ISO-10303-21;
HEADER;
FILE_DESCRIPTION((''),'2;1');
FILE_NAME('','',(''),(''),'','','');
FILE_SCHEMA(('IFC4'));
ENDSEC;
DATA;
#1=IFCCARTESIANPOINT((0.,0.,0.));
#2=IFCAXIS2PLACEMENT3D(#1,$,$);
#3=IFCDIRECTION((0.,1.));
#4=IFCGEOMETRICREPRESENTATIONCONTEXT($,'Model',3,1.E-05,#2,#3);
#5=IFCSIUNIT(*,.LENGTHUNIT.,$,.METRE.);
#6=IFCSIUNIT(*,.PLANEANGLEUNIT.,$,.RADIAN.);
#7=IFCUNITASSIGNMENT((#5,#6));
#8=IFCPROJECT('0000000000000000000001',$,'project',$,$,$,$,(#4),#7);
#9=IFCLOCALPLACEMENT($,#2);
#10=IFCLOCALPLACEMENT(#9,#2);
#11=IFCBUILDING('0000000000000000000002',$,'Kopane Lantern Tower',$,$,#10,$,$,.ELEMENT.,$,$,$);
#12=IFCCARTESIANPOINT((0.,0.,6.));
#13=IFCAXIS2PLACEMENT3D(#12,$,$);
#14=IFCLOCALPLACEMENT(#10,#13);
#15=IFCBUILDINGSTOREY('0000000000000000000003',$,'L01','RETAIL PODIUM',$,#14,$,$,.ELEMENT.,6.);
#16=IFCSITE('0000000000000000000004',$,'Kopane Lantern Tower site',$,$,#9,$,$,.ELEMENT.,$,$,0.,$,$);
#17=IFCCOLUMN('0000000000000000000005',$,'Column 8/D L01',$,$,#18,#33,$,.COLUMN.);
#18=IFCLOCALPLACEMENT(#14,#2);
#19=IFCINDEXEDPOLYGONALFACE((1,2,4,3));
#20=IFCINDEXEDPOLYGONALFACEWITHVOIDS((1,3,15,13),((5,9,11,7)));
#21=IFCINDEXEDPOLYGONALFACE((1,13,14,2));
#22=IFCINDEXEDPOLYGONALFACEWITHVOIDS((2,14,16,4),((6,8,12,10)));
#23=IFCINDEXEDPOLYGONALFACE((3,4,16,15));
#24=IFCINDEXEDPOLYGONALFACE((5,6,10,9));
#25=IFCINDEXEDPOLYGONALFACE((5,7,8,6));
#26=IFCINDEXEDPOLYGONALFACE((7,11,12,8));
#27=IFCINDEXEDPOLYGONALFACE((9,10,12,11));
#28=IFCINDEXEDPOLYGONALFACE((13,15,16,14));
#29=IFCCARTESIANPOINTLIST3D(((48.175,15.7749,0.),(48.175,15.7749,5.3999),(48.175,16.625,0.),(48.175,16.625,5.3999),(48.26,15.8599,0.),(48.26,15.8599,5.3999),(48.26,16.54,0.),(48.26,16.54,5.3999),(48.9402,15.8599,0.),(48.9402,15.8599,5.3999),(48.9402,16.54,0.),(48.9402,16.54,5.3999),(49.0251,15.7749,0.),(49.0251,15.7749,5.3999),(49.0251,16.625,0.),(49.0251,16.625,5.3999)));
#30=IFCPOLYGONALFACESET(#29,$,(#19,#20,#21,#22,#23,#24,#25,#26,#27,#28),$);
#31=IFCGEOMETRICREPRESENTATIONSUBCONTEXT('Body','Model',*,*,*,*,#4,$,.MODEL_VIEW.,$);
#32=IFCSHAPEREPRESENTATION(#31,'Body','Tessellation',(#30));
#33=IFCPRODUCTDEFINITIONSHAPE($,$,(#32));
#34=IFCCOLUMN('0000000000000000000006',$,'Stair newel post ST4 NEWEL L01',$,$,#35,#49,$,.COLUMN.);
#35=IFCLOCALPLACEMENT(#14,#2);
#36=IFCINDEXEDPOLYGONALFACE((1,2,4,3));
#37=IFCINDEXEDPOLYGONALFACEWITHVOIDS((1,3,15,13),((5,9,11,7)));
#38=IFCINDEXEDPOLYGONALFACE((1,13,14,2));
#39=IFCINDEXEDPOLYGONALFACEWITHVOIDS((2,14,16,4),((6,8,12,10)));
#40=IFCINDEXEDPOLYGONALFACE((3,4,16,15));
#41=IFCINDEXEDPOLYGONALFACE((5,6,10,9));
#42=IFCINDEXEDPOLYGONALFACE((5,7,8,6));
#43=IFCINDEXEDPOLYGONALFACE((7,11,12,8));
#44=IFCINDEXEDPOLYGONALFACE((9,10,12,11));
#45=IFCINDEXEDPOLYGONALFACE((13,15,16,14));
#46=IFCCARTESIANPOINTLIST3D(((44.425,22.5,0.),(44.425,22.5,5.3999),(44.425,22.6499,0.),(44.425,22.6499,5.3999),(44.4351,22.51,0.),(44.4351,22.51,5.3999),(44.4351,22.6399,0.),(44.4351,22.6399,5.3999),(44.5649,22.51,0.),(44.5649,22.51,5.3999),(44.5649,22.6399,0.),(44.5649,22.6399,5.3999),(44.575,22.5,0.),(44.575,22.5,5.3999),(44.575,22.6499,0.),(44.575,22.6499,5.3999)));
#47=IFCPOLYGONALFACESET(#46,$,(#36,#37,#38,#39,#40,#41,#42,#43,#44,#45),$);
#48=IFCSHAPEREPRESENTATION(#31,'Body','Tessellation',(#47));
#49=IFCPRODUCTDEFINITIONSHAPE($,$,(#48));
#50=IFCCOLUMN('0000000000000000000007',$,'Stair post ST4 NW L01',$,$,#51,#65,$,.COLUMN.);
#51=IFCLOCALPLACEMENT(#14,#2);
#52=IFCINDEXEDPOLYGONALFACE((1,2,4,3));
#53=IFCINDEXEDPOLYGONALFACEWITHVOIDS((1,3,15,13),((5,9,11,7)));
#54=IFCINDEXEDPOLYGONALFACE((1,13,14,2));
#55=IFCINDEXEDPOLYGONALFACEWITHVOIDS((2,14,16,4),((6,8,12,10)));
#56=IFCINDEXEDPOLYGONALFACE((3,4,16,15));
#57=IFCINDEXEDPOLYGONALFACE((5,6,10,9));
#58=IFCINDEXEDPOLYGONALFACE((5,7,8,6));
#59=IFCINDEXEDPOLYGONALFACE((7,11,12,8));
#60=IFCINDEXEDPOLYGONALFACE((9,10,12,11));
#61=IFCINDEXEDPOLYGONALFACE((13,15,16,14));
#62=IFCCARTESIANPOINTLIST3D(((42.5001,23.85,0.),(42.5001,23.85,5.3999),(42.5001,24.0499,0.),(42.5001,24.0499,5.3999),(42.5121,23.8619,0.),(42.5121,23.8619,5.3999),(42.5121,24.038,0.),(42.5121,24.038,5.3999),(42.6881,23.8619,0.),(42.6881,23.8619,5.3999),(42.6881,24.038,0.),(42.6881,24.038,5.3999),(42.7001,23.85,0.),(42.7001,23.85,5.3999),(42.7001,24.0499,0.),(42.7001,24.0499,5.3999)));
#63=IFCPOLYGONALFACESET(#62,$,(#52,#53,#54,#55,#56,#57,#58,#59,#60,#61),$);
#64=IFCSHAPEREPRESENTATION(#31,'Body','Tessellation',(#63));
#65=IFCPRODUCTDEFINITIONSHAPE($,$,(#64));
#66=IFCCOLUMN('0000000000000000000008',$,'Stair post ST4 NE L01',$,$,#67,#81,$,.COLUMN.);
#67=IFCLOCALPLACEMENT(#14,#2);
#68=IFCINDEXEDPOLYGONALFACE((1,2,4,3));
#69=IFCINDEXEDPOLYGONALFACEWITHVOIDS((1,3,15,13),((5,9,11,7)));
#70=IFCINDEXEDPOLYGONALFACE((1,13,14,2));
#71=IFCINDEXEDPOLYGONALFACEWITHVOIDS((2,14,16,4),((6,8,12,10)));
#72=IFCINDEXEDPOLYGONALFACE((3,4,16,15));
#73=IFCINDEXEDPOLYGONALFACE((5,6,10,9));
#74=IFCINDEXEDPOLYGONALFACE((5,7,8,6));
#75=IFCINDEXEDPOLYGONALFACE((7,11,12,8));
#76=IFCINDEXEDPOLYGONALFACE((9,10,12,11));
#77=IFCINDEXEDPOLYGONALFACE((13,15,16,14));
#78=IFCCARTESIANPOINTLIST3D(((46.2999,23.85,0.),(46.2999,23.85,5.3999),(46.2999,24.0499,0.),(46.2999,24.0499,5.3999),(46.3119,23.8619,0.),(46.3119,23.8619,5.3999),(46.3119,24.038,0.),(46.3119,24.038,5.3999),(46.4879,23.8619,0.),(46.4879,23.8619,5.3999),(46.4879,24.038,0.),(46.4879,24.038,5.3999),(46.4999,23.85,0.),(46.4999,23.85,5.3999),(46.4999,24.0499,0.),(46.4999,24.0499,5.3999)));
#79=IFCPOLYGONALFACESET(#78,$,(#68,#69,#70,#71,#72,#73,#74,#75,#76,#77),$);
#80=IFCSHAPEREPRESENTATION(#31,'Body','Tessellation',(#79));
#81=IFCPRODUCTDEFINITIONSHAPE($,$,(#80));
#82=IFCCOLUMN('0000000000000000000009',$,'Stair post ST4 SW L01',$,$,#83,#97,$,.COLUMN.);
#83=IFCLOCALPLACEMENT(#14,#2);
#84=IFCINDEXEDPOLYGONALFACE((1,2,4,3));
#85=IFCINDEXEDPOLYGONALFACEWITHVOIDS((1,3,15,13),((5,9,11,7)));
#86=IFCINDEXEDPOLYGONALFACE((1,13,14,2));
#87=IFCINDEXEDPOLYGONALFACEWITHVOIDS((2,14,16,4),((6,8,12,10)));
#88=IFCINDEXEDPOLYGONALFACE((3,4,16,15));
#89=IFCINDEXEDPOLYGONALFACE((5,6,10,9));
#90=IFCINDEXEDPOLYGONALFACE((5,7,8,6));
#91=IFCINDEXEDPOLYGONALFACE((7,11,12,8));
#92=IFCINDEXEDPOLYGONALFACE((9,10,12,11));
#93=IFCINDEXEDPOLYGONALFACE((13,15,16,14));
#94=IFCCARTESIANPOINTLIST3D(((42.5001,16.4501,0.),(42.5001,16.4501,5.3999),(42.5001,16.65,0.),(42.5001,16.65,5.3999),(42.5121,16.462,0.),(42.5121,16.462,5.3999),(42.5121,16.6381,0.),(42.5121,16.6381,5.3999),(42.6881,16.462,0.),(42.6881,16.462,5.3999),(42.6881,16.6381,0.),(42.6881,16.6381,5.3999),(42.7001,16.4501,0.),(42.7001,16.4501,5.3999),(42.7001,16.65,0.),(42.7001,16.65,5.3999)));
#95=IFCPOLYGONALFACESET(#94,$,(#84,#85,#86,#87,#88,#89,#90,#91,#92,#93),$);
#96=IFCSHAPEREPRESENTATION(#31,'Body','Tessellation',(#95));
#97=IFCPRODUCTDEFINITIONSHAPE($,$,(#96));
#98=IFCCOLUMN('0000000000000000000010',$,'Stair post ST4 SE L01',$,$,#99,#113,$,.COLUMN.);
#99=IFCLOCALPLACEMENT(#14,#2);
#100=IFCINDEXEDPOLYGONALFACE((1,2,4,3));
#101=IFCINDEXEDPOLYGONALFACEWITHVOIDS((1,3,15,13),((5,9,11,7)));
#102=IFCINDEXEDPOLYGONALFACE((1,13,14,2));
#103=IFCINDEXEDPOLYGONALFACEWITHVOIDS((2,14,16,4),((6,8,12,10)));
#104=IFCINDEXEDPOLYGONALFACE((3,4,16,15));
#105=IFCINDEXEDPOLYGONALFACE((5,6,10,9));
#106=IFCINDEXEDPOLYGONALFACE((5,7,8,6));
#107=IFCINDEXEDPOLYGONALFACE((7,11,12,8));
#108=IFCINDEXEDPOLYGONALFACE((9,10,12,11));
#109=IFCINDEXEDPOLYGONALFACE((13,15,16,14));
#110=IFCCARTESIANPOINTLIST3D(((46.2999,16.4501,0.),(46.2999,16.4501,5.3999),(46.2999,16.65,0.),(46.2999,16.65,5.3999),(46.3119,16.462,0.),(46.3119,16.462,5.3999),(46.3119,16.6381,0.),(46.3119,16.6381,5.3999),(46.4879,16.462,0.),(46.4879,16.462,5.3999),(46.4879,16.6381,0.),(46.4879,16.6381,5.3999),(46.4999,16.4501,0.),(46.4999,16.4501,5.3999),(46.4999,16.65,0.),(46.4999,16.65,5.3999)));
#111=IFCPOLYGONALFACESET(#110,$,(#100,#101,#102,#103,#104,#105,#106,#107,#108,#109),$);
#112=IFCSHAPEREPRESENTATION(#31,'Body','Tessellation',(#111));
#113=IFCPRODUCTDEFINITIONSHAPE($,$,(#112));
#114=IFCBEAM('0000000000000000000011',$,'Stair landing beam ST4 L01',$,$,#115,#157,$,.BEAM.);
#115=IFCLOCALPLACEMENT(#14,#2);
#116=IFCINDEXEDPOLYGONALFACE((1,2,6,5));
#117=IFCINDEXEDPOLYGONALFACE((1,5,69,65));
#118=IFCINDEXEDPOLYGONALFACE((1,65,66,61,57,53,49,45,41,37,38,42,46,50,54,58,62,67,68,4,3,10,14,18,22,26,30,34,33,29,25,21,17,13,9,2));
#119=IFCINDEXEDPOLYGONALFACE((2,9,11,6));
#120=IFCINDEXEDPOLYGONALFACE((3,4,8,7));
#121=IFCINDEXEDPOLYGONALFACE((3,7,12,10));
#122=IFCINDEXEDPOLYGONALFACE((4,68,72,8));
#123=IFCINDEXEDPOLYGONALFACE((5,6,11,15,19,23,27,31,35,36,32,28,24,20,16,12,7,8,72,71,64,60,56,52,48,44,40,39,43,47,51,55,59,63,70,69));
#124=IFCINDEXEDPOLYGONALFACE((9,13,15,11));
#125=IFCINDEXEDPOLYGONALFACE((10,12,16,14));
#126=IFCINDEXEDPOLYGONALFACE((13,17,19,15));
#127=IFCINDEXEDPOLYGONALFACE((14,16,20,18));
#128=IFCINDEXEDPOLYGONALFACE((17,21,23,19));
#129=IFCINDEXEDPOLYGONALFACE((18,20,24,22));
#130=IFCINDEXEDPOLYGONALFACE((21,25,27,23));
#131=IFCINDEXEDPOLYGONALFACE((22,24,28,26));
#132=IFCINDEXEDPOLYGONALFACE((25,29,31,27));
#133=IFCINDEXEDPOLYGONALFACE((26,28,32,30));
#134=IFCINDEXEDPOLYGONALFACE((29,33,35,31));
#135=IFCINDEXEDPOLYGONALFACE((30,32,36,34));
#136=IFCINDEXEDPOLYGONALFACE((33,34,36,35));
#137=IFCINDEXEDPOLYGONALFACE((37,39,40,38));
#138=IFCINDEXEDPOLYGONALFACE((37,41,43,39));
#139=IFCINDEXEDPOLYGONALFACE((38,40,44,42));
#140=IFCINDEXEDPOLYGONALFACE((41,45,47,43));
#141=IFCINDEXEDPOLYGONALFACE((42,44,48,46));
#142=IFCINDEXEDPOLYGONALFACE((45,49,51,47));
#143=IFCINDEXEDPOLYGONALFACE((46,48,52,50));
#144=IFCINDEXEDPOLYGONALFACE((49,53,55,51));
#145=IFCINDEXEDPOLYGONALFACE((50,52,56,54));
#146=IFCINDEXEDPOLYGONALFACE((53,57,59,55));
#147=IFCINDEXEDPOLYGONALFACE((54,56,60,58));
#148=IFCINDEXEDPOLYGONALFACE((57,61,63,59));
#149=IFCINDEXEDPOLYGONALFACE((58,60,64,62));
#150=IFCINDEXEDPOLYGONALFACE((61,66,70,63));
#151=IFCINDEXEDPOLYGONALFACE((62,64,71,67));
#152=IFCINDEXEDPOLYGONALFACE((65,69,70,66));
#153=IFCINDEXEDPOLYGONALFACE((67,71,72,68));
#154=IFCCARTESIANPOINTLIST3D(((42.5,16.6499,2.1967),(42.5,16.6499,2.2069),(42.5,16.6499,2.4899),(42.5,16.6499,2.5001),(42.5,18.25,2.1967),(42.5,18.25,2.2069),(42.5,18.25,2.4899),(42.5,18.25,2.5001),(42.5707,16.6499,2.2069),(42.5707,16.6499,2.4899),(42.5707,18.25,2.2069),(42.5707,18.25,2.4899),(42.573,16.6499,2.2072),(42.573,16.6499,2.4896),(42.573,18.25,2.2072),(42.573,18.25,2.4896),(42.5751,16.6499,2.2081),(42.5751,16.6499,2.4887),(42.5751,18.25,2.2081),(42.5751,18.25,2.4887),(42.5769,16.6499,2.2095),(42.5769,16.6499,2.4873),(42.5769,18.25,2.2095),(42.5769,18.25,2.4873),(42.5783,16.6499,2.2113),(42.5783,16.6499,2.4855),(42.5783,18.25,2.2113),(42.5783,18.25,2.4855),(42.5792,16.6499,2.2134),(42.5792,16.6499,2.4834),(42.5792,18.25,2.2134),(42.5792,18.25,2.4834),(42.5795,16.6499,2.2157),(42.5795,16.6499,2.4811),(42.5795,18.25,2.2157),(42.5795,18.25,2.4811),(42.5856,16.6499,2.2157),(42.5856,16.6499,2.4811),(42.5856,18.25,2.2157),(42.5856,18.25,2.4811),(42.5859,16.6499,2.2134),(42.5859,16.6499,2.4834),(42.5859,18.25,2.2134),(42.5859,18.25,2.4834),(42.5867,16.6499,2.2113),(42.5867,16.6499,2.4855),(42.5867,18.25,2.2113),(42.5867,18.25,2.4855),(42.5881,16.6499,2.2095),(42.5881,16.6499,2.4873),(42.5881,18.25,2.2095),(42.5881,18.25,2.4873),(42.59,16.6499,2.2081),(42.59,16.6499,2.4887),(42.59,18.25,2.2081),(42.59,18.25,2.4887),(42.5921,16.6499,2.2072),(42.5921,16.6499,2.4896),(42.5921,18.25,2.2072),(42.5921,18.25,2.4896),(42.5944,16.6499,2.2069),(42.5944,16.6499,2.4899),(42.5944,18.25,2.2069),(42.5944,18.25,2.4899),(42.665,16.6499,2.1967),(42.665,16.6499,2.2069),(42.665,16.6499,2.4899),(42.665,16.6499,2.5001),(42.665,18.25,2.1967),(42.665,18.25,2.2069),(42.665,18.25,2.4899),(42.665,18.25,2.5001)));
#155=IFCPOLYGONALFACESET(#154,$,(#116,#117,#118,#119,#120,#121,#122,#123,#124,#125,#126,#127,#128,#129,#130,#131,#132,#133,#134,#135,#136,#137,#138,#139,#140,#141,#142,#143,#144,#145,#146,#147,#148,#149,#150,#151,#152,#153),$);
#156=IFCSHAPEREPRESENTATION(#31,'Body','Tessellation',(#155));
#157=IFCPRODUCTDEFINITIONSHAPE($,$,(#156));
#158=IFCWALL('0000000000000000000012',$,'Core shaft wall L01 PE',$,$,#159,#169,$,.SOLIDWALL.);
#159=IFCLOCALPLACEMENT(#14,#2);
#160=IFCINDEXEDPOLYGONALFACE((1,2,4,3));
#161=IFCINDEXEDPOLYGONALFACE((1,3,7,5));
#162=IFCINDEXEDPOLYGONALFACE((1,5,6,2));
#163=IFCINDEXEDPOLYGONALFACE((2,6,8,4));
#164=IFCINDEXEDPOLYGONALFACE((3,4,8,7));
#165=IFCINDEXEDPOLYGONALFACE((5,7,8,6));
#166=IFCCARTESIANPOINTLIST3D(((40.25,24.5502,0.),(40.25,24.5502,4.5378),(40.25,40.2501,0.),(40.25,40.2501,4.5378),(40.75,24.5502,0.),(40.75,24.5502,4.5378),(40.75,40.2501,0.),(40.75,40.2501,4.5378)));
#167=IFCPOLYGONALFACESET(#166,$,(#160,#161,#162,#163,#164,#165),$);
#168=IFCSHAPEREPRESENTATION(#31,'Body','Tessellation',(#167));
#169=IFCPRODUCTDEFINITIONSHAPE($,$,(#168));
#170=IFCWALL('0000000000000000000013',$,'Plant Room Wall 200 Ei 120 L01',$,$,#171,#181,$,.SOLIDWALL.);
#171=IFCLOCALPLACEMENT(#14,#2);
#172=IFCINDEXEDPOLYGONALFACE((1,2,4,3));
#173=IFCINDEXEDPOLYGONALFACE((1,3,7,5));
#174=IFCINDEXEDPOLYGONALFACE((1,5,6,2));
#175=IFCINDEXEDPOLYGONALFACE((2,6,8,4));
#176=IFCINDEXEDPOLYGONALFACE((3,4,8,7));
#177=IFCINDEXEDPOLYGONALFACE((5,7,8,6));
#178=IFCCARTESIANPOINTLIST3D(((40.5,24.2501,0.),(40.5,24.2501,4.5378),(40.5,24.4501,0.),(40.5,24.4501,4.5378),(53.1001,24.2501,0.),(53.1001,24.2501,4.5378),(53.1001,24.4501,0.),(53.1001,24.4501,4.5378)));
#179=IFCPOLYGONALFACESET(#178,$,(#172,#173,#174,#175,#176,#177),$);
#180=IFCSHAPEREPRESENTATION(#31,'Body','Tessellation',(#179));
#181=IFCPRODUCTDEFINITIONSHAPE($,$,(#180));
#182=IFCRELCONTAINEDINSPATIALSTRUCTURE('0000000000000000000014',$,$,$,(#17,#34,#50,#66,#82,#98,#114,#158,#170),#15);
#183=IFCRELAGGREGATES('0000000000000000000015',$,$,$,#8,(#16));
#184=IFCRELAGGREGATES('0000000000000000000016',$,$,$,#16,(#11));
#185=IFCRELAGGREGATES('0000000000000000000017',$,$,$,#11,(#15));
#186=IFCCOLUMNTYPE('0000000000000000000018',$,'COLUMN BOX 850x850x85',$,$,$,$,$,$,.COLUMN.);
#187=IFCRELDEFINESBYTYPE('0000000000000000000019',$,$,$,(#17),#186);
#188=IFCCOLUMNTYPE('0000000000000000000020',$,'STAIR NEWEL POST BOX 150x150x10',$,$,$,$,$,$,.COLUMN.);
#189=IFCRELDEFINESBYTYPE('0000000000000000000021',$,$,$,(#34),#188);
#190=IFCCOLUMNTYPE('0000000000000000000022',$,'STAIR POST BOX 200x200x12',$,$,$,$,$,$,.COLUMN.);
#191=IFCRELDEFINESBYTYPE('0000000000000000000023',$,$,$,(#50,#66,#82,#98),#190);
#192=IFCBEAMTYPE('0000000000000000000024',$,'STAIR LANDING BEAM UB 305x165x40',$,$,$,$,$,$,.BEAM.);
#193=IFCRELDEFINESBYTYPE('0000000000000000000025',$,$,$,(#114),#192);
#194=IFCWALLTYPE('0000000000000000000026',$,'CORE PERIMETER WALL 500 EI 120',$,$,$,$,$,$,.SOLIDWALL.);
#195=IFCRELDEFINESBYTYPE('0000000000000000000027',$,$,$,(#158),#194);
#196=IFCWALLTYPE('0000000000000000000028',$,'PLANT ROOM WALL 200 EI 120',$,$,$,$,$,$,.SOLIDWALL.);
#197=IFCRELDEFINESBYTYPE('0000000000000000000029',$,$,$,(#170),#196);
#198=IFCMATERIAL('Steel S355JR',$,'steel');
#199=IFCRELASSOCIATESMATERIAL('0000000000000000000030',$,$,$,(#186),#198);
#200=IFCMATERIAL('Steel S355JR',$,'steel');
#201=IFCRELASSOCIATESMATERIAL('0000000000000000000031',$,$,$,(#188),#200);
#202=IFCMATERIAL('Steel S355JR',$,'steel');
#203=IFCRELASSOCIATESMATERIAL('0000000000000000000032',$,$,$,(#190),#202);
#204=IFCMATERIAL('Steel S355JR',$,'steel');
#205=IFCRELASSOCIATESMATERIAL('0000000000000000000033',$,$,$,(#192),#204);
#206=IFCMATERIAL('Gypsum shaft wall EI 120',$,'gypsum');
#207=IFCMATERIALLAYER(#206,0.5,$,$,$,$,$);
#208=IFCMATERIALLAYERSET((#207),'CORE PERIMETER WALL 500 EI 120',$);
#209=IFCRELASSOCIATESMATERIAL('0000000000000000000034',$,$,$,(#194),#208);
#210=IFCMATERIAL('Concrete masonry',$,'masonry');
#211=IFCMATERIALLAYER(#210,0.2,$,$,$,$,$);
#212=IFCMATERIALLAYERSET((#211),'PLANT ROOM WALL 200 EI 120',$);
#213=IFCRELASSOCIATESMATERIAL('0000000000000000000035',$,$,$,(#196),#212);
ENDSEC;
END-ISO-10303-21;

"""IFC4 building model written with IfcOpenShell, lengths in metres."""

from ifc_helpers import new_model, si_unit, direction, frame, frame_2d, origin, origin_2d, place, context, subcontext, project, spatial, rectangle, hollow_rectangle, i_section, extrude, material, layer, layer_set, material_profile, profile_set, type_object, element, save


model = new_model("IFC4")

# Units and contexts
model_context = context("Model", 3, precision=1e-05, world=origin(), true_north=direction((0.0, 1.0)))
body_context = subcontext(model_context, "Body", "Model", "MODEL_VIEW")
ifc_project = project(units=[si_unit("LENGTHUNIT", "METRE"), si_unit("PLANEANGLEUNIT", "RADIAN")], contexts=[model_context])

# Site, building, storey
site_placement = place(None, origin())
site = spatial("IfcSite", under=ifc_project, at=site_placement, Name="Kopane Lantern Tower site", CompositionType="ELEMENT", RefElevation=0.0)
building_placement = place(site_placement, origin())
building = spatial("IfcBuilding", under=site, at=building_placement, Name="Kopane Lantern Tower", CompositionType="ELEMENT")
storey_placement = place(building_placement, frame((0.0, 0.0, 6.0)))
storey = spatial("IfcBuildingStorey", under=building, at=storey_placement, Name="L01", Description="RETAIL PODIUM", CompositionType="ELEMENT", Elevation=6.0)

# Columns
ifc_material_1 = material(Name="Steel S355JR", Category="steel")
ifc_material_profile_1 = material_profile(ifc_material_1, hollow_rectangle(XDim=0.8501, YDim=0.8501, WallThickness=0.085, at=origin_2d()), Name="BOX 850x850x85")
ifc_profile_set_1 = profile_set([ifc_material_profile_1], Name="Steel S355JR")
column_type_1 = type_object("IfcColumnType", Name="COLUMN BOX 850x850x85", PredefinedType="COLUMN", material=ifc_profile_set_1)
column_1_placement = place(storey_placement, frame((48.6001, 16.2, 0.0), z_axis=(0.0, 0.0, 1.0), x_axis=(1.0, 0.0, 0.0)))
element("IfcColumn", 1, at=column_1_placement, inside=storey, type_object=column_type_1, Name="Column 8/D L01", PredefinedType="COLUMN", context=body_context, shape_type="SweptSolid", body=[
    extrude(hollow_rectangle(XDim=0.8501, YDim=0.8501, WallThickness=0.085, at=origin_2d()), origin(), (0.0, 0.0, 1.0), 5.3999),
])
ifc_material_2 = material(Name="Steel S355JR", Category="steel")
ifc_material_profile_2 = material_profile(ifc_material_2, hollow_rectangle(XDim=0.1499, YDim=0.1499, WallThickness=0.01, at=origin_2d()), Name="BOX 150x150x10")
ifc_profile_set_2 = profile_set([ifc_material_profile_2], Name="Steel S355JR")
column_type_2 = type_object("IfcColumnType", Name="STAIR NEWEL POST BOX 150x150x10", PredefinedType="COLUMN", material=ifc_profile_set_2)
column_2_placement = place(storey_placement, frame((44.5, 22.575, 0.0), z_axis=(0.0, 0.0, 1.0), x_axis=(1.0, 0.0, 0.0)))
element("IfcColumn", 2, at=column_2_placement, inside=storey, type_object=column_type_2, Name="Stair newel post ST4 NEWEL L01", PredefinedType="COLUMN", context=body_context, shape_type="SweptSolid", body=[
    extrude(hollow_rectangle(XDim=0.1499, YDim=0.1499, WallThickness=0.01, at=origin_2d()), origin(), (0.0, 0.0, 1.0), 5.3999),
])
ifc_material_3 = material(Name="Steel S355JR", Category="steel")
ifc_material_profile_3 = material_profile(ifc_material_3, hollow_rectangle(XDim=0.2, YDim=0.2, WallThickness=0.012, at=origin_2d()), Name="BOX 200x200x12")
ifc_profile_set_3 = profile_set([ifc_material_profile_3], Name="Steel S355JR")
column_type_3 = type_object("IfcColumnType", Name="STAIR POST BOX 200x200x12", PredefinedType="COLUMN", material=ifc_profile_set_3)
for number, where, z_axis, x_axis, name in (
    (3, (42.6001, 23.95, 0.0), (0.0, 0.0, 1.0), (1.0, 0.0, 0.0), "Stair post ST4 NW L01"),
    (4, (46.3999, 23.95, 0.0), (0.0, 0.0, 1.0), (1.0, 0.0, 0.0), "Stair post ST4 NE L01"),
    (5, (42.6001, 16.55, 0.0), (0.0, 0.0, 1.0), (1.0, 0.0, 0.0), "Stair post ST4 SW L01"),
    (6, (46.3999, 16.55, 0.0), (0.0, 0.0, 1.0), (1.0, 0.0, 0.0), "Stair post ST4 SE L01"),
):
    element("IfcColumn", number, at=place(storey_placement, frame(where, z_axis=z_axis, x_axis=x_axis)), inside=storey, type_object=column_type_3, Name=name, PredefinedType="COLUMN", context=body_context, shape_type="SweptSolid", body=[
        extrude(hollow_rectangle(XDim=0.2, YDim=0.2, WallThickness=0.012, at=origin_2d()), origin(), (0.0, 0.0, 1.0), 5.3999),
    ])

# Beam
ifc_material_4 = material(Name="Steel S355JR", Category="steel")
ifc_material_profile_4 = material_profile(ifc_material_4, i_section(OverallWidth=0.165, OverallDepth=0.3035, WebThickness=0.0061, FlangeThickness=0.0103, FilletRadius=0.0088, at=origin_2d()), Name="UB 305x165x40")
ifc_profile_set_4 = profile_set([ifc_material_profile_4], Name="Steel S355JR")
beam_type = type_object("IfcBeamType", Name="STAIR LANDING BEAM UB 305x165x40", PredefinedType="BEAM", material=ifc_profile_set_4)
beam_placement = place(storey_placement, frame((42.5825, 16.6499, 2.3484), z_axis=(0.0, 1.0, 0.0), x_axis=(-1.0, 0.0, 0.0)))
element("IfcBeam", 7, at=beam_placement, inside=storey, type_object=beam_type, Name="Stair landing beam ST4 L01", PredefinedType="BEAM", context=body_context, shape_type="SweptSolid", body=[
    extrude(i_section(OverallWidth=0.165, OverallDepth=0.3035, WebThickness=0.0061, FlangeThickness=0.0103, FilletRadius=0.0088, at=origin_2d()), origin(), (0.0, 0.0, 1.0), 1.6001),
])

# Walls
ifc_material_5 = material(Name="Gypsum shaft wall EI 120", Category="gypsum")
ifc_layer_1 = layer(ifc_material_5, 0.5)
ifc_layer_set_1 = layer_set([ifc_layer_1], Name="CORE PERIMETER WALL 500 EI 120")
wall_type_1 = type_object("IfcWallType", Name="CORE PERIMETER WALL 500 EI 120", PredefinedType="SOLIDWALL", material=ifc_layer_set_1)
wall_1_placement = place(storey_placement, frame((40.5, 24.55, 0.0), z_axis=(0.0, 0.0, 1.0), x_axis=(0.0, 1.0, 0.0)))
element("IfcWall", 8, at=wall_1_placement, inside=storey, type_object=wall_type_1, Name="Core shaft wall L01 PE", PredefinedType="SOLIDWALL", context=body_context, shape_type="SweptSolid", body=[
    extrude(rectangle(XDim=15.7, YDim=0.5, at=frame_2d((7.8501, 0.0))), origin(), (0.0, 0.0, 1.0), 4.5378),
])
ifc_material_6 = material(Name="Concrete masonry", Category="masonry")
ifc_layer_2 = layer(ifc_material_6, 0.2)
ifc_layer_set_2 = layer_set([ifc_layer_2], Name="PLANT ROOM WALL 200 EI 120")
wall_type_2 = type_object("IfcWallType", Name="PLANT ROOM WALL 200 EI 120", PredefinedType="SOLIDWALL", material=ifc_layer_set_2)
wall_2_placement = place(storey_placement, frame((40.5, 24.3501, 0.0), z_axis=(0.0, 0.0, 1.0), x_axis=(1.0, 0.0, 0.0)))
element("IfcWall", 9, at=wall_2_placement, inside=storey, type_object=wall_type_2, Name="Plant Room Wall 200 Ei 120 L01", PredefinedType="SOLIDWALL", context=body_context, shape_type="SweptSolid", body=[
    extrude(rectangle(XDim=12.6001, YDim=0.2, at=frame_2d((6.3, 0.0))), origin(), (0.0, 0.0, 1.0), 4.5378),
])

save(model, "model.ifc")
